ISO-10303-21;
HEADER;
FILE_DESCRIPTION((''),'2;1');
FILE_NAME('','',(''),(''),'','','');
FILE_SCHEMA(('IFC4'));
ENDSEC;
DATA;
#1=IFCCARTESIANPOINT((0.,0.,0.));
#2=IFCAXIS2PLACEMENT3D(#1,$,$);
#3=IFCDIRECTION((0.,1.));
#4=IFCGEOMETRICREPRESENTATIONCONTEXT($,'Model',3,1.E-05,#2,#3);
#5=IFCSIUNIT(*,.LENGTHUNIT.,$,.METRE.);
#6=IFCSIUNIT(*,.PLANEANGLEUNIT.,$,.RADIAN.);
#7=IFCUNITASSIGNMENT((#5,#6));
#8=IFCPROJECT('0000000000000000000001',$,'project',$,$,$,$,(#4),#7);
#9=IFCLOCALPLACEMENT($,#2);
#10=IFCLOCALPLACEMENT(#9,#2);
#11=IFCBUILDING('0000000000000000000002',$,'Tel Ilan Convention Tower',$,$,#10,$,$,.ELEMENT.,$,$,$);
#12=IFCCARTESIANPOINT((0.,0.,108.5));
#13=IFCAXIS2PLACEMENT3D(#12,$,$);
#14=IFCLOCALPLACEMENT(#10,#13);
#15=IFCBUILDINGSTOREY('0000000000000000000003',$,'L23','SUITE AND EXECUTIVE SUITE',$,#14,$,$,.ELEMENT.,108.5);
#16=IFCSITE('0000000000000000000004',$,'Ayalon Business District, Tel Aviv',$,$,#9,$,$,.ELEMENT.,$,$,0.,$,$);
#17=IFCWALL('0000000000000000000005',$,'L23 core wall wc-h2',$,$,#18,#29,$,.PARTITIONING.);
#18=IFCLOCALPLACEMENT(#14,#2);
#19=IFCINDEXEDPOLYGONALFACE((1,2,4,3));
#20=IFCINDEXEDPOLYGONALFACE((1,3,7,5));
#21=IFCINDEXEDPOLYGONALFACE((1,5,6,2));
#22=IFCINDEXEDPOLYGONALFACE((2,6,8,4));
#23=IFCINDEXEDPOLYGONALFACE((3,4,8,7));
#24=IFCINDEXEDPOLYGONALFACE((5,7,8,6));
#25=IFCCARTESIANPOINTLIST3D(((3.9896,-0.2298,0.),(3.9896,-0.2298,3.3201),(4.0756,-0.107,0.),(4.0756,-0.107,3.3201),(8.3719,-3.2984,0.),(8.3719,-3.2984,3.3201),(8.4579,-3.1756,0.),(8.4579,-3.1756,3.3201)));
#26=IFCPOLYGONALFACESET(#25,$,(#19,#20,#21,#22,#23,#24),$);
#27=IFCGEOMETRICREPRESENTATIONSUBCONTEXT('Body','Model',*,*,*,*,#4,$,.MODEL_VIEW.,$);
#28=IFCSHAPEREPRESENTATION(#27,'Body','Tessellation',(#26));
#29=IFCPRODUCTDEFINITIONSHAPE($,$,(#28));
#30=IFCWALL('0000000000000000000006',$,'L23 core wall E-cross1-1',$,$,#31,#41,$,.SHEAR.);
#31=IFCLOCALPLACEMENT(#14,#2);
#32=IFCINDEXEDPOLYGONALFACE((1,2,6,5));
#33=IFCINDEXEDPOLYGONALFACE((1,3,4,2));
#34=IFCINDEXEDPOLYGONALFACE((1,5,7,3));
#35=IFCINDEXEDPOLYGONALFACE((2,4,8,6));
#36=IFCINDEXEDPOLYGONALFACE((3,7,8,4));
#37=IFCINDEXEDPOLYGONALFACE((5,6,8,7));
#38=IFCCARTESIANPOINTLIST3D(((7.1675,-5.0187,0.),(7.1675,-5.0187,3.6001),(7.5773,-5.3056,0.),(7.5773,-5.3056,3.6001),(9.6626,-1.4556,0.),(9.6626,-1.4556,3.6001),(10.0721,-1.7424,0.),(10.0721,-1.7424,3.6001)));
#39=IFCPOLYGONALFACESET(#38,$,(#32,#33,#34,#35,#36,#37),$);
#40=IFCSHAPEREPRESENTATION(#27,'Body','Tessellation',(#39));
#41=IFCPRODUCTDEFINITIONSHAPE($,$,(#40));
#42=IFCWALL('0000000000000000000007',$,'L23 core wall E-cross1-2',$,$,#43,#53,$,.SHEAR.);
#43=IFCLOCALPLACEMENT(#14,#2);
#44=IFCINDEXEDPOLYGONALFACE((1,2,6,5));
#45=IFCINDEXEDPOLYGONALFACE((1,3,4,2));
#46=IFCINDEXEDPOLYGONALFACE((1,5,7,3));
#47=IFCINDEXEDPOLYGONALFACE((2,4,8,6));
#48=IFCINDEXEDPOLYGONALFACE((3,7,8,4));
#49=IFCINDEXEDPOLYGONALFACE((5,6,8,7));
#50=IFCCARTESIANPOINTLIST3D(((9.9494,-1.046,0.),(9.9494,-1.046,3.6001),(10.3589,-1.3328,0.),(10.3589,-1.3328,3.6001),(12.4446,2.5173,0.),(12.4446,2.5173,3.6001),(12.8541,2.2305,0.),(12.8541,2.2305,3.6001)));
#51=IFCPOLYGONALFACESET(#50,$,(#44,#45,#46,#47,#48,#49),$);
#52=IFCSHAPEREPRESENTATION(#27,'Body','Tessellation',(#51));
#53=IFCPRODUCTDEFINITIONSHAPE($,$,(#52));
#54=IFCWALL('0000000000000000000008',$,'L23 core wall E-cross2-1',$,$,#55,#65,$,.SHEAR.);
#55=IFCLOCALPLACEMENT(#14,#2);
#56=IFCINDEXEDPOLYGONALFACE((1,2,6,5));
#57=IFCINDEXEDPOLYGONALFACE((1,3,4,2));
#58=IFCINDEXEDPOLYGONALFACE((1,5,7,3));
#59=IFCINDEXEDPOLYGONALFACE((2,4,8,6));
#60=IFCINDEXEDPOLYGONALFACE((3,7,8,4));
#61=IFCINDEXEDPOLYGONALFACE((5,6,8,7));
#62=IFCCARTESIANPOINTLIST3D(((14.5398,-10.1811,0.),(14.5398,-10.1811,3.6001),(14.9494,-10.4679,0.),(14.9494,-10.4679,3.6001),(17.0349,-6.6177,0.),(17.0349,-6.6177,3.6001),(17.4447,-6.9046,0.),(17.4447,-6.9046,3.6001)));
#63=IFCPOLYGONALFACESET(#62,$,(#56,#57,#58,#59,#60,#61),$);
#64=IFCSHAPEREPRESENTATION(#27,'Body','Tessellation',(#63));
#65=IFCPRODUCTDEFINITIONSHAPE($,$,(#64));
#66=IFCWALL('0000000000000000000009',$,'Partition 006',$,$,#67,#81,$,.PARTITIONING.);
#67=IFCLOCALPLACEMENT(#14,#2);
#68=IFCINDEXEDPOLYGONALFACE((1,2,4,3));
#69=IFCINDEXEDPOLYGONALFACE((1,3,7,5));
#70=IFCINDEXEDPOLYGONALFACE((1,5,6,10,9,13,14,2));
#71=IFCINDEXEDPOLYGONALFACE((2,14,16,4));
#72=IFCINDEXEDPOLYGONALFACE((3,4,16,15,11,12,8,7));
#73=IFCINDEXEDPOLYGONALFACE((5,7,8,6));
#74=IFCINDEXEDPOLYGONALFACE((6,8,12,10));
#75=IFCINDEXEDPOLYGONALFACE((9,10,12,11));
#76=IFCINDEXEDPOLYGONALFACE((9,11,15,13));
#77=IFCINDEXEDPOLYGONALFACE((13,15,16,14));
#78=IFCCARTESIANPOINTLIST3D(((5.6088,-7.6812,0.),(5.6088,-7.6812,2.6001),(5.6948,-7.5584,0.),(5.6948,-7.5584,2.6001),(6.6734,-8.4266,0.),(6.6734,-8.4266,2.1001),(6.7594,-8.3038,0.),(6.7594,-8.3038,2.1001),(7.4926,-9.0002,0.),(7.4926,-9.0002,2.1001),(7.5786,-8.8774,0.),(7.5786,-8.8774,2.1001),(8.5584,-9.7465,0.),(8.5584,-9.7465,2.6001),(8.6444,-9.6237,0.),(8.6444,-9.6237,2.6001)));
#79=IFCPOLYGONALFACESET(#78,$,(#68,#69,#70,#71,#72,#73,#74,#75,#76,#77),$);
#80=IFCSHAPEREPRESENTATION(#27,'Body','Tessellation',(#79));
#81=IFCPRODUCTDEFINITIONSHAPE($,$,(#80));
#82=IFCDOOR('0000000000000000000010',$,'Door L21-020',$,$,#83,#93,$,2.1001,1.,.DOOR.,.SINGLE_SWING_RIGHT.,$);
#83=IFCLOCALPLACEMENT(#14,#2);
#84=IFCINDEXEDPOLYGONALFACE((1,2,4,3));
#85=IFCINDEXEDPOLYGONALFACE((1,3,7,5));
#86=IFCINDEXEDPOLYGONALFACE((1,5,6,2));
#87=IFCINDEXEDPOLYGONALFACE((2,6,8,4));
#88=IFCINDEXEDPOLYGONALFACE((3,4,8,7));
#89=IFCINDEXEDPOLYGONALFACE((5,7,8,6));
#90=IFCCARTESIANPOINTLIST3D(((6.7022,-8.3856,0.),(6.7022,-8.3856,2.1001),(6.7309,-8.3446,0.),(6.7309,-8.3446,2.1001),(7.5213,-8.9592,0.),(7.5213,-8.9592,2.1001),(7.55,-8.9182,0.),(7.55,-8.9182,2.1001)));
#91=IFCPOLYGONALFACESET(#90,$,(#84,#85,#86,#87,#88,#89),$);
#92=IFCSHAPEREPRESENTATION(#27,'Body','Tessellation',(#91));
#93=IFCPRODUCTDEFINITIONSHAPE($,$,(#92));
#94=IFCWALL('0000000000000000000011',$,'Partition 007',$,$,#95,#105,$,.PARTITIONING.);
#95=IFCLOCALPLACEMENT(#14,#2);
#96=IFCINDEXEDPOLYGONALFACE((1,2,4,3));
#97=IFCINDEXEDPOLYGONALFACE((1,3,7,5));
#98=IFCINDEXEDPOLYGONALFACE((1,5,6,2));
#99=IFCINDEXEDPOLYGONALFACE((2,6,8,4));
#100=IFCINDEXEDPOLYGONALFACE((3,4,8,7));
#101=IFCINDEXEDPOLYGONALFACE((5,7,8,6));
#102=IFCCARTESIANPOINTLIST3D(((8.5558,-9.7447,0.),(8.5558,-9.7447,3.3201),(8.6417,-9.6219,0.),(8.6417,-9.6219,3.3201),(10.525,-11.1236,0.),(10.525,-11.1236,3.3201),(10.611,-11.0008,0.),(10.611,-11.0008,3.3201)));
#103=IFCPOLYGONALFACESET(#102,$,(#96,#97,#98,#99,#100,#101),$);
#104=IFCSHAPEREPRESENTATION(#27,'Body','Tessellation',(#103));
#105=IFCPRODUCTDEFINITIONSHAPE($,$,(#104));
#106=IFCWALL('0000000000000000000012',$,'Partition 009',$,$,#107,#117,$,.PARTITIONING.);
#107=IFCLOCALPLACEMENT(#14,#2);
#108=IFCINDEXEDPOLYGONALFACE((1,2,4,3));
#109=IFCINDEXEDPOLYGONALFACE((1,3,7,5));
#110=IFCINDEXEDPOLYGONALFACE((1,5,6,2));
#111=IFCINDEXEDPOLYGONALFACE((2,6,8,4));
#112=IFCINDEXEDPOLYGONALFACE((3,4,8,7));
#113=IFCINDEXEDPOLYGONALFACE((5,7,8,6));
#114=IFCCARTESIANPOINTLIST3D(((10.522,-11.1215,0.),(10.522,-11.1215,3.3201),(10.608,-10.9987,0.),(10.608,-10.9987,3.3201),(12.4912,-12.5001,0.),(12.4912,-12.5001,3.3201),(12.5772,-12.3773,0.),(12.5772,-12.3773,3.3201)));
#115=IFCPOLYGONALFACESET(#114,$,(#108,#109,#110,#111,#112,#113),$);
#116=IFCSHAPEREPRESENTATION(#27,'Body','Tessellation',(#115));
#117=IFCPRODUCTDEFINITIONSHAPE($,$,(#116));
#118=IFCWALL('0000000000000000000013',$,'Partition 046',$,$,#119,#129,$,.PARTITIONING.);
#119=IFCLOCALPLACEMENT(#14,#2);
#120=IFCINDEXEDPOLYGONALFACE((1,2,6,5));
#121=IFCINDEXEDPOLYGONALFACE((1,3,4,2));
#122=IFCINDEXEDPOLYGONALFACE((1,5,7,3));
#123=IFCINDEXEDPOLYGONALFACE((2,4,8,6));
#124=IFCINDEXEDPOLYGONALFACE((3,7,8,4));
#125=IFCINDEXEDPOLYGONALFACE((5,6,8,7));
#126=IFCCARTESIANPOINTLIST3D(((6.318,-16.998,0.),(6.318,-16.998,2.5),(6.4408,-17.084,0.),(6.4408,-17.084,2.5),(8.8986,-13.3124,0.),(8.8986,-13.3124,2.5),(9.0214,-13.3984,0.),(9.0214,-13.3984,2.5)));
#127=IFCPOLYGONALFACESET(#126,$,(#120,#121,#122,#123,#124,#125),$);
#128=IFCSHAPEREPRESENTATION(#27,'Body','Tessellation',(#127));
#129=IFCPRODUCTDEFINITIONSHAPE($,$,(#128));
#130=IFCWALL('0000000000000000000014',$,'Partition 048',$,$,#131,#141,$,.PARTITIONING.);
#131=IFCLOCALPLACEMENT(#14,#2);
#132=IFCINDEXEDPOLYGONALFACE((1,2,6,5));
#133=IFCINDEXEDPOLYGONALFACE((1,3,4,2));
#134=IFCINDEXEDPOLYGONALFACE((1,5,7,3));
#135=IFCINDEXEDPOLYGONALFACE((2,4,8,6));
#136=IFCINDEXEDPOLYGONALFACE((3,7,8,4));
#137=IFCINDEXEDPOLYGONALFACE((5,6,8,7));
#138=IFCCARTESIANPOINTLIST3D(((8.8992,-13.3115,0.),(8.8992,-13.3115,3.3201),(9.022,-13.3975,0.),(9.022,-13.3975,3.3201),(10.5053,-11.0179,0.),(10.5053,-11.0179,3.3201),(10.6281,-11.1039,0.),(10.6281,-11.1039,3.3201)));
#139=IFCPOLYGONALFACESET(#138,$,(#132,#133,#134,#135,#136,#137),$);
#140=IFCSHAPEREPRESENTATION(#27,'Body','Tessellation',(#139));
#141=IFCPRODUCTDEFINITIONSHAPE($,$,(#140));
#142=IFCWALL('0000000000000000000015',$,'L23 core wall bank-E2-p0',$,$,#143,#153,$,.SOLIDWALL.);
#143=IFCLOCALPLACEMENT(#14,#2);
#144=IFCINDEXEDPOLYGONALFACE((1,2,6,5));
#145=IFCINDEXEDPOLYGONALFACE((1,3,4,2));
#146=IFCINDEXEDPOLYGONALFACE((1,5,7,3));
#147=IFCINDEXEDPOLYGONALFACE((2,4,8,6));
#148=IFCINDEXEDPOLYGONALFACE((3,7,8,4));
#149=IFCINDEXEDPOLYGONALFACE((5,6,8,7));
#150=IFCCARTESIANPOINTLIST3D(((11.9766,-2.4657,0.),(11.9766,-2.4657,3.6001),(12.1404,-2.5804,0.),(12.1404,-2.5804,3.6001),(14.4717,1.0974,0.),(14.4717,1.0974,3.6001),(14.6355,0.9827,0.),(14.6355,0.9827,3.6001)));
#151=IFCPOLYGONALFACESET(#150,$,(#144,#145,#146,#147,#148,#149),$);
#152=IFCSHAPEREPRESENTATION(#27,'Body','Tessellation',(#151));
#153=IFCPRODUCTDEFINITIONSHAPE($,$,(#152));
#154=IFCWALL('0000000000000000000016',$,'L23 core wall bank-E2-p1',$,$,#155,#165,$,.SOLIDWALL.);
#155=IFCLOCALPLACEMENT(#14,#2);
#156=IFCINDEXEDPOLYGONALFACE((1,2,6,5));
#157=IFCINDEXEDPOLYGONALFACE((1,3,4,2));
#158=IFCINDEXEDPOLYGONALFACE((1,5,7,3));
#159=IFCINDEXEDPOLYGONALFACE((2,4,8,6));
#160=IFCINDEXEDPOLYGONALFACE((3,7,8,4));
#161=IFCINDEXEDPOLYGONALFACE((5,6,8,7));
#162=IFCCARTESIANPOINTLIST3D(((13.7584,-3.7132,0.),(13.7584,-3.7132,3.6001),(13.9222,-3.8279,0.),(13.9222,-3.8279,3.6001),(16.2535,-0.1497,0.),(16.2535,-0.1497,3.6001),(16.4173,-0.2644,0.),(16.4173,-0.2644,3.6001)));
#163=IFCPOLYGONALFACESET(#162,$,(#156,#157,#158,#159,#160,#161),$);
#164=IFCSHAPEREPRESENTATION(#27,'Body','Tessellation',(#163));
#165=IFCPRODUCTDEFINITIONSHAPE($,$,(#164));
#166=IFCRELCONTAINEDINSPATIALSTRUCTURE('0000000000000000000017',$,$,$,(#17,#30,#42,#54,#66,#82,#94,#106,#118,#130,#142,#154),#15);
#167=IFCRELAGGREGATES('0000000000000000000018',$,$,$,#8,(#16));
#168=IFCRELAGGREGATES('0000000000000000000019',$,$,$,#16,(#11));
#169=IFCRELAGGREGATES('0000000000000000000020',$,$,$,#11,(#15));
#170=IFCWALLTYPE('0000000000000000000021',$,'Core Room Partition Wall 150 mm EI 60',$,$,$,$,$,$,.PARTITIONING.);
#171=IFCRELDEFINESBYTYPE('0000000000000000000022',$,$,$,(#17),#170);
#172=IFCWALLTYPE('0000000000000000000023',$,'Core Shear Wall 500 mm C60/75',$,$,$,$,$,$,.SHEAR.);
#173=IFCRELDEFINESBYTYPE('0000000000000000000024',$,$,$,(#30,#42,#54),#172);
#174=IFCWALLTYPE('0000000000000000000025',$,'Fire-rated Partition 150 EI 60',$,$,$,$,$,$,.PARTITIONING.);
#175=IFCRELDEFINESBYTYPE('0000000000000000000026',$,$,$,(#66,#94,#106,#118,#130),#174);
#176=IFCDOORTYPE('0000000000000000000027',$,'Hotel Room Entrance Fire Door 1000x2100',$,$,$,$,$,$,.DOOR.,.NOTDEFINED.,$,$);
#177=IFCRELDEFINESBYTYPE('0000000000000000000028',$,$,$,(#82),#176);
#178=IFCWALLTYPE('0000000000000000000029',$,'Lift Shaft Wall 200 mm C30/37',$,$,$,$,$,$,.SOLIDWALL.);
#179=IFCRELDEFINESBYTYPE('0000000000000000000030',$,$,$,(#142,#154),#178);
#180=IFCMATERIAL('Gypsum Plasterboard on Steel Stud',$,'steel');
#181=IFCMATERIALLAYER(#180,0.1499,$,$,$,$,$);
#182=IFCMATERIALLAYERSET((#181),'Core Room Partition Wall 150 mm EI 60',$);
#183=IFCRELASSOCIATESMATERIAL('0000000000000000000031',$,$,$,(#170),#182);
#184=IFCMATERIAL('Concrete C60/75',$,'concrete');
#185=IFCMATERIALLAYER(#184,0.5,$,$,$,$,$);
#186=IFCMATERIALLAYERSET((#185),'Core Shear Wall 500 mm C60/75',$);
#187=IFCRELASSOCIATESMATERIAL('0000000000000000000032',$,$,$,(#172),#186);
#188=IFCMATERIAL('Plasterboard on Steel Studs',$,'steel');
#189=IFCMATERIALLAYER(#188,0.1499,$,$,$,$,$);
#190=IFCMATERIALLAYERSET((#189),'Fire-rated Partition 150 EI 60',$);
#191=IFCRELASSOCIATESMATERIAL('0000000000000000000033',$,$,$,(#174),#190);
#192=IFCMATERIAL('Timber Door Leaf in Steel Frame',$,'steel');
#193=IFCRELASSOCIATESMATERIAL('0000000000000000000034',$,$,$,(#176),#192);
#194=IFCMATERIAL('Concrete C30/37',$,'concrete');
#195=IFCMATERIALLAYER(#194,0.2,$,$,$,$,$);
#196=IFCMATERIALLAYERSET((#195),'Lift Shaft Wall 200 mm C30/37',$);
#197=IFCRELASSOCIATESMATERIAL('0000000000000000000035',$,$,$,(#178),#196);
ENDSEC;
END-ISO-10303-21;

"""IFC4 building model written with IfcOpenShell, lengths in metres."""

from ifc_helpers import new_model, si_unit, direction, frame, frame_2d, origin, place, context, subcontext, project, spatial, polyline, rectangle, outline, extrude, material, layer, layer_set, type_object, element, fill, save


model = new_model("IFC4")

# Units and contexts
model_context = context("Model", 3, precision=1e-05, world=origin(), true_north=direction((0.0, 1.0)))
body_context = subcontext(model_context, "Body", "Model", "MODEL_VIEW")
ifc_project = project(units=[si_unit("LENGTHUNIT", "METRE"), si_unit("PLANEANGLEUNIT", "RADIAN")], contexts=[model_context])

# Site, building, storey
site_placement = place(None, origin())
site = spatial("IfcSite", under=ifc_project, at=site_placement, Name="Ayalon Business District, Tel Aviv", CompositionType="ELEMENT", RefElevation=0.0)
building_placement = place(site_placement, origin())
building = spatial("IfcBuilding", under=site, at=building_placement, Name="Tel Ilan Convention Tower", CompositionType="ELEMENT")
storey_placement = place(building_placement, frame((0.0, 0.0, 108.5)))
storey = spatial("IfcBuildingStorey", under=building, at=storey_placement, Name="L23", Description="SUITE AND EXECUTIVE SUITE", CompositionType="ELEMENT", Elevation=108.5)

# Walls
ifc_material_1 = material(Name="Gypsum Plasterboard on Steel Stud", Category="steel")
ifc_layer_1 = layer(ifc_material_1, 0.1499)
ifc_layer_set_1 = layer_set([ifc_layer_1], Name="Core Room Partition Wall 150 mm EI 60")
wall_type_1 = type_object("IfcWallType", Name="Core Room Partition Wall 150 mm EI 60", PredefinedType="PARTITIONING", material=ifc_layer_set_1)
wall_1_placement = place(storey_placement, frame((4.0327, -0.1685, 0.0), z_axis=(0.0, 0.0, 1.0), x_axis=(0.819146, -0.573585, 0.0)))
element("IfcWall", 1, at=wall_1_placement, inside=storey, type_object=wall_type_1, Name="L23 core wall wc-h2", PredefinedType="PARTITIONING", context=body_context, shape_type="SweptSolid", body=[
    extrude(rectangle(XDim=5.3499, YDim=0.1499, at=frame_2d((2.6748, 0.0))), origin(), (0.0, 0.0, 1.0), 3.3201),
])
ifc_material_2 = material(Name="Concrete C60/75", Category="concrete")
ifc_layer_2 = layer(ifc_material_2, 0.5)
ifc_layer_set_2 = layer_set([ifc_layer_2], Name="Core Shear Wall 500 mm C60/75")
wall_type_2 = type_object("IfcWallType", Name="Core Shear Wall 500 mm C60/75", PredefinedType="SHEAR", material=ifc_layer_set_2)
wall_2_placement = place(storey_placement, frame((7.3723, -5.1621, 0.0), z_axis=(0.0, 0.0, 1.0), x_axis=(0.573594, 0.81914, 0.0)))
element("IfcWall", 2, at=wall_2_placement, inside=storey, type_object=wall_type_2, Name="L23 core wall E-cross1-1", PredefinedType="SHEAR", context=body_context, shape_type="SweptSolid", body=[
    extrude(outline(polyline([(0.0, 0.25), (0.0, -0.2502), (4.3499, -0.25), (4.3499, 0.25), (0.0, 0.25)])), origin(), (0.0, 0.0, 1.0), 3.6001),
])
wall_3_placement = place(storey_placement, frame((10.1543, -1.1892, 0.0), z_axis=(0.0, 0.0, 1.0), x_axis=(0.573594, 0.81914, 0.0)))
element("IfcWall", 3, at=wall_3_placement, inside=storey, type_object=wall_type_2, Name="L23 core wall E-cross1-2", PredefinedType="SHEAR", context=body_context, shape_type="SweptSolid", body=[
    extrude(outline(polyline([(4.3499, -0.25), (4.3499, 0.25), (-0.0002, 0.25), (-0.0002, -0.25), (4.3499, -0.25)])), origin(), (0.0, 0.0, 1.0), 3.6001),
])
wall_4_placement = place(storey_placement, frame((14.7446, -10.3245, 0.0), z_axis=(0.0, 0.0, 1.0), x_axis=(0.573568, 0.819158, 0.0)))
element("IfcWall", 4, at=wall_4_placement, inside=storey, type_object=wall_type_2, Name="L23 core wall E-cross2-1", PredefinedType="SHEAR", context=body_context, shape_type="SweptSolid", body=[
    extrude(outline(polyline([(0.0, 0.25), (0.0, -0.25), (4.3501, -0.2502), (4.3501, 0.25), (0.0, 0.25)])), origin(), (0.0, 0.0, 1.0), 3.6001),
])

# Wall, opening, door
ifc_material_3 = material(Name="Plasterboard on Steel Studs", Category="steel")
ifc_layer_3 = layer(ifc_material_3, 0.1499)
ifc_layer_set_3 = layer_set([ifc_layer_3], Name="Fire-rated Partition 150 EI 60")
wall_type_3 = type_object("IfcWallType", Name="Fire-rated Partition 150 EI 60", PredefinedType="PARTITIONING", material=ifc_layer_set_3)
wall_5_placement = place(storey_placement, frame((8.6013, -9.6851, 0.0), z_axis=(0.0, 0.0, 1.0), x_axis=(-0.819149, 0.573581, 0.0)))
wall_5 = element("IfcWall", 5, at=wall_5_placement, inside=storey, type_object=wall_type_3, Name="Partition 006", PredefinedType="PARTITIONING", context=body_context, shape_type="SweptSolid", body=[
    extrude(rectangle(XDim=3.6008, YDim=0.1499, at=frame_2d((1.8003, 0.0))), origin(), (0.0, 0.0, 1.0), 2.6001),
])
opening_1_placement = place(wall_5_placement, frame((1.301, 0.0, 0.0)))
opening_1 = element("IfcOpeningElement", 6, at=opening_1_placement, cuts=wall_5, PredefinedType="OPENING", context=body_context, shape_type="SweptSolid", body=[
    extrude(rectangle(XDim=1.0, YDim=2.1001, at=frame_2d((0.5, 1.05))), frame((0.0, 0.085, 0.0), z_axis=(0.0, -1.0, 0.0), x_axis=(1.0, 0.0, 0.0)), (0.0, 0.0, 1.0), 0.1699),
])
ifc_material_4 = material(Name="Timber Door Leaf in Steel Frame", Category="steel")
door_type_1 = type_object("IfcDoorType", Name="Hotel Room Entrance Fire Door 1000x2100", OperationType="NOTDEFINED", PredefinedType="DOOR", material=ifc_material_4)
door_1_placement = place(opening_1_placement, origin())
door_1 = element("IfcDoor", 7, at=door_1_placement, inside=storey, type_object=door_type_1, Name="Door L21-020", OperationType="SINGLE_SWING_RIGHT", OverallHeight=2.1001, OverallWidth=1.0, PredefinedType="DOOR", context=body_context, shape_type="SweptSolid", body=[
    extrude(rectangle(XDim=1.0, YDim=2.1001, at=frame_2d((0.5, 1.05))), frame((0.0, 0.0249, 0.0), z_axis=(0.0, -1.0, 0.0), x_axis=(1.0, 0.0, 0.0)), (0.0, 0.0, 1.0), 0.05),
])
fill(opening_1, door_1)

# Walls
wall_6_placement = place(storey_placement, frame((10.5681, -11.0623, 0.0), z_axis=(0.0, 0.0, 1.0), x_axis=(-0.819146, 0.573585, 0.0)))
element("IfcWall", 8, at=wall_6_placement, inside=storey, type_object=wall_type_3, Name="Partition 007", PredefinedType="PARTITIONING", context=body_context, shape_type="SweptSolid", body=[
    extrude(rectangle(XDim=2.4041, YDim=0.1499, at=frame_2d((1.2021, 0.0))), origin(), (0.0, 0.0, 1.0), 3.3201),
])
wall_7_placement = place(storey_placement, frame((12.5342, -12.4387, 0.0), z_axis=(0.0, 0.0, 1.0), x_axis=(-0.819194, 0.573517, 0.0)))
element("IfcWall", 9, at=wall_7_placement, inside=storey, type_object=wall_type_3, Name="Partition 009", PredefinedType="PARTITIONING", context=body_context, shape_type="SweptSolid", body=[
    extrude(rectangle(XDim=2.4038, YDim=0.1499, at=frame_2d((1.2019, 0.0))), origin(), (0.0, 0.0, 1.0), 3.3201),
])
wall_8_placement = place(storey_placement, frame((8.96, -13.3555, 0.0), z_axis=(0.0, 0.0, 1.0), x_axis=(-0.573564, -0.819161, 0.0)))
element("IfcWall", 10, at=wall_8_placement, inside=storey, type_object=wall_type_3, Name="Partition 046", PredefinedType="PARTITIONING", context=body_context, shape_type="SweptSolid", body=[
    extrude(rectangle(XDim=4.4993, YDim=0.1499, at=frame_2d((2.2495, 0.0))), origin(), (0.0, 0.0, 1.0), 2.5),
])
wall_9_placement = place(storey_placement, frame((10.5667, -11.061, 0.0), z_axis=(0.0, 0.0, 1.0), x_axis=(-0.573609, -0.81913, 0.0)))
element("IfcWall", 11, at=wall_9_placement, inside=storey, type_object=wall_type_3, Name="Partition 048", PredefinedType="PARTITIONING", context=body_context, shape_type="SweptSolid", body=[
    extrude(rectangle(XDim=2.8, YDim=0.1499, at=frame_2d((1.3999, 0.0))), origin(), (0.0, 0.0, 1.0), 3.3201),
])
ifc_material_5 = material(Name="Concrete C30/37", Category="concrete")
ifc_layer_4 = layer(ifc_material_5, 0.2)
ifc_layer_set_4 = layer_set([ifc_layer_4], Name="Lift Shaft Wall 200 mm C30/37")
wall_type_4 = type_object("IfcWallType", Name="Lift Shaft Wall 200 mm C30/37", PredefinedType="SOLIDWALL", material=ifc_layer_set_4)
wall_10_placement = place(storey_placement, frame((12.0586, -2.5229, 0.0), z_axis=(0.0, 0.0, 1.0), x_axis=(0.573594, 0.81914, 0.0)))
element("IfcWall", 12, at=wall_10_placement, inside=storey, type_object=wall_type_4, Name="L23 core wall bank-E2-p0", PredefinedType="SOLIDWALL", context=body_context, shape_type="SweptSolid", body=[
    extrude(rectangle(XDim=4.3499, YDim=0.2, at=frame_2d((2.1748, 0.0))), origin(), (0.0, 0.0, 1.0), 3.6001),
])
wall_11_placement = place(storey_placement, frame((13.8403, -3.7705, 0.0), z_axis=(0.0, 0.0, 1.0), x_axis=(0.573568, 0.819158, 0.0)))
element("IfcWall", 13, at=wall_11_placement, inside=storey, type_object=wall_type_4, Name="L23 core wall bank-E2-p1", PredefinedType="SOLIDWALL", context=body_context, shape_type="SweptSolid", body=[
    extrude(rectangle(XDim=4.3501, YDim=0.2, at=frame_2d((2.175, 0.0))), origin(), (0.0, 0.0, 1.0), 3.6001),
])

save(model, "model.ifc")
